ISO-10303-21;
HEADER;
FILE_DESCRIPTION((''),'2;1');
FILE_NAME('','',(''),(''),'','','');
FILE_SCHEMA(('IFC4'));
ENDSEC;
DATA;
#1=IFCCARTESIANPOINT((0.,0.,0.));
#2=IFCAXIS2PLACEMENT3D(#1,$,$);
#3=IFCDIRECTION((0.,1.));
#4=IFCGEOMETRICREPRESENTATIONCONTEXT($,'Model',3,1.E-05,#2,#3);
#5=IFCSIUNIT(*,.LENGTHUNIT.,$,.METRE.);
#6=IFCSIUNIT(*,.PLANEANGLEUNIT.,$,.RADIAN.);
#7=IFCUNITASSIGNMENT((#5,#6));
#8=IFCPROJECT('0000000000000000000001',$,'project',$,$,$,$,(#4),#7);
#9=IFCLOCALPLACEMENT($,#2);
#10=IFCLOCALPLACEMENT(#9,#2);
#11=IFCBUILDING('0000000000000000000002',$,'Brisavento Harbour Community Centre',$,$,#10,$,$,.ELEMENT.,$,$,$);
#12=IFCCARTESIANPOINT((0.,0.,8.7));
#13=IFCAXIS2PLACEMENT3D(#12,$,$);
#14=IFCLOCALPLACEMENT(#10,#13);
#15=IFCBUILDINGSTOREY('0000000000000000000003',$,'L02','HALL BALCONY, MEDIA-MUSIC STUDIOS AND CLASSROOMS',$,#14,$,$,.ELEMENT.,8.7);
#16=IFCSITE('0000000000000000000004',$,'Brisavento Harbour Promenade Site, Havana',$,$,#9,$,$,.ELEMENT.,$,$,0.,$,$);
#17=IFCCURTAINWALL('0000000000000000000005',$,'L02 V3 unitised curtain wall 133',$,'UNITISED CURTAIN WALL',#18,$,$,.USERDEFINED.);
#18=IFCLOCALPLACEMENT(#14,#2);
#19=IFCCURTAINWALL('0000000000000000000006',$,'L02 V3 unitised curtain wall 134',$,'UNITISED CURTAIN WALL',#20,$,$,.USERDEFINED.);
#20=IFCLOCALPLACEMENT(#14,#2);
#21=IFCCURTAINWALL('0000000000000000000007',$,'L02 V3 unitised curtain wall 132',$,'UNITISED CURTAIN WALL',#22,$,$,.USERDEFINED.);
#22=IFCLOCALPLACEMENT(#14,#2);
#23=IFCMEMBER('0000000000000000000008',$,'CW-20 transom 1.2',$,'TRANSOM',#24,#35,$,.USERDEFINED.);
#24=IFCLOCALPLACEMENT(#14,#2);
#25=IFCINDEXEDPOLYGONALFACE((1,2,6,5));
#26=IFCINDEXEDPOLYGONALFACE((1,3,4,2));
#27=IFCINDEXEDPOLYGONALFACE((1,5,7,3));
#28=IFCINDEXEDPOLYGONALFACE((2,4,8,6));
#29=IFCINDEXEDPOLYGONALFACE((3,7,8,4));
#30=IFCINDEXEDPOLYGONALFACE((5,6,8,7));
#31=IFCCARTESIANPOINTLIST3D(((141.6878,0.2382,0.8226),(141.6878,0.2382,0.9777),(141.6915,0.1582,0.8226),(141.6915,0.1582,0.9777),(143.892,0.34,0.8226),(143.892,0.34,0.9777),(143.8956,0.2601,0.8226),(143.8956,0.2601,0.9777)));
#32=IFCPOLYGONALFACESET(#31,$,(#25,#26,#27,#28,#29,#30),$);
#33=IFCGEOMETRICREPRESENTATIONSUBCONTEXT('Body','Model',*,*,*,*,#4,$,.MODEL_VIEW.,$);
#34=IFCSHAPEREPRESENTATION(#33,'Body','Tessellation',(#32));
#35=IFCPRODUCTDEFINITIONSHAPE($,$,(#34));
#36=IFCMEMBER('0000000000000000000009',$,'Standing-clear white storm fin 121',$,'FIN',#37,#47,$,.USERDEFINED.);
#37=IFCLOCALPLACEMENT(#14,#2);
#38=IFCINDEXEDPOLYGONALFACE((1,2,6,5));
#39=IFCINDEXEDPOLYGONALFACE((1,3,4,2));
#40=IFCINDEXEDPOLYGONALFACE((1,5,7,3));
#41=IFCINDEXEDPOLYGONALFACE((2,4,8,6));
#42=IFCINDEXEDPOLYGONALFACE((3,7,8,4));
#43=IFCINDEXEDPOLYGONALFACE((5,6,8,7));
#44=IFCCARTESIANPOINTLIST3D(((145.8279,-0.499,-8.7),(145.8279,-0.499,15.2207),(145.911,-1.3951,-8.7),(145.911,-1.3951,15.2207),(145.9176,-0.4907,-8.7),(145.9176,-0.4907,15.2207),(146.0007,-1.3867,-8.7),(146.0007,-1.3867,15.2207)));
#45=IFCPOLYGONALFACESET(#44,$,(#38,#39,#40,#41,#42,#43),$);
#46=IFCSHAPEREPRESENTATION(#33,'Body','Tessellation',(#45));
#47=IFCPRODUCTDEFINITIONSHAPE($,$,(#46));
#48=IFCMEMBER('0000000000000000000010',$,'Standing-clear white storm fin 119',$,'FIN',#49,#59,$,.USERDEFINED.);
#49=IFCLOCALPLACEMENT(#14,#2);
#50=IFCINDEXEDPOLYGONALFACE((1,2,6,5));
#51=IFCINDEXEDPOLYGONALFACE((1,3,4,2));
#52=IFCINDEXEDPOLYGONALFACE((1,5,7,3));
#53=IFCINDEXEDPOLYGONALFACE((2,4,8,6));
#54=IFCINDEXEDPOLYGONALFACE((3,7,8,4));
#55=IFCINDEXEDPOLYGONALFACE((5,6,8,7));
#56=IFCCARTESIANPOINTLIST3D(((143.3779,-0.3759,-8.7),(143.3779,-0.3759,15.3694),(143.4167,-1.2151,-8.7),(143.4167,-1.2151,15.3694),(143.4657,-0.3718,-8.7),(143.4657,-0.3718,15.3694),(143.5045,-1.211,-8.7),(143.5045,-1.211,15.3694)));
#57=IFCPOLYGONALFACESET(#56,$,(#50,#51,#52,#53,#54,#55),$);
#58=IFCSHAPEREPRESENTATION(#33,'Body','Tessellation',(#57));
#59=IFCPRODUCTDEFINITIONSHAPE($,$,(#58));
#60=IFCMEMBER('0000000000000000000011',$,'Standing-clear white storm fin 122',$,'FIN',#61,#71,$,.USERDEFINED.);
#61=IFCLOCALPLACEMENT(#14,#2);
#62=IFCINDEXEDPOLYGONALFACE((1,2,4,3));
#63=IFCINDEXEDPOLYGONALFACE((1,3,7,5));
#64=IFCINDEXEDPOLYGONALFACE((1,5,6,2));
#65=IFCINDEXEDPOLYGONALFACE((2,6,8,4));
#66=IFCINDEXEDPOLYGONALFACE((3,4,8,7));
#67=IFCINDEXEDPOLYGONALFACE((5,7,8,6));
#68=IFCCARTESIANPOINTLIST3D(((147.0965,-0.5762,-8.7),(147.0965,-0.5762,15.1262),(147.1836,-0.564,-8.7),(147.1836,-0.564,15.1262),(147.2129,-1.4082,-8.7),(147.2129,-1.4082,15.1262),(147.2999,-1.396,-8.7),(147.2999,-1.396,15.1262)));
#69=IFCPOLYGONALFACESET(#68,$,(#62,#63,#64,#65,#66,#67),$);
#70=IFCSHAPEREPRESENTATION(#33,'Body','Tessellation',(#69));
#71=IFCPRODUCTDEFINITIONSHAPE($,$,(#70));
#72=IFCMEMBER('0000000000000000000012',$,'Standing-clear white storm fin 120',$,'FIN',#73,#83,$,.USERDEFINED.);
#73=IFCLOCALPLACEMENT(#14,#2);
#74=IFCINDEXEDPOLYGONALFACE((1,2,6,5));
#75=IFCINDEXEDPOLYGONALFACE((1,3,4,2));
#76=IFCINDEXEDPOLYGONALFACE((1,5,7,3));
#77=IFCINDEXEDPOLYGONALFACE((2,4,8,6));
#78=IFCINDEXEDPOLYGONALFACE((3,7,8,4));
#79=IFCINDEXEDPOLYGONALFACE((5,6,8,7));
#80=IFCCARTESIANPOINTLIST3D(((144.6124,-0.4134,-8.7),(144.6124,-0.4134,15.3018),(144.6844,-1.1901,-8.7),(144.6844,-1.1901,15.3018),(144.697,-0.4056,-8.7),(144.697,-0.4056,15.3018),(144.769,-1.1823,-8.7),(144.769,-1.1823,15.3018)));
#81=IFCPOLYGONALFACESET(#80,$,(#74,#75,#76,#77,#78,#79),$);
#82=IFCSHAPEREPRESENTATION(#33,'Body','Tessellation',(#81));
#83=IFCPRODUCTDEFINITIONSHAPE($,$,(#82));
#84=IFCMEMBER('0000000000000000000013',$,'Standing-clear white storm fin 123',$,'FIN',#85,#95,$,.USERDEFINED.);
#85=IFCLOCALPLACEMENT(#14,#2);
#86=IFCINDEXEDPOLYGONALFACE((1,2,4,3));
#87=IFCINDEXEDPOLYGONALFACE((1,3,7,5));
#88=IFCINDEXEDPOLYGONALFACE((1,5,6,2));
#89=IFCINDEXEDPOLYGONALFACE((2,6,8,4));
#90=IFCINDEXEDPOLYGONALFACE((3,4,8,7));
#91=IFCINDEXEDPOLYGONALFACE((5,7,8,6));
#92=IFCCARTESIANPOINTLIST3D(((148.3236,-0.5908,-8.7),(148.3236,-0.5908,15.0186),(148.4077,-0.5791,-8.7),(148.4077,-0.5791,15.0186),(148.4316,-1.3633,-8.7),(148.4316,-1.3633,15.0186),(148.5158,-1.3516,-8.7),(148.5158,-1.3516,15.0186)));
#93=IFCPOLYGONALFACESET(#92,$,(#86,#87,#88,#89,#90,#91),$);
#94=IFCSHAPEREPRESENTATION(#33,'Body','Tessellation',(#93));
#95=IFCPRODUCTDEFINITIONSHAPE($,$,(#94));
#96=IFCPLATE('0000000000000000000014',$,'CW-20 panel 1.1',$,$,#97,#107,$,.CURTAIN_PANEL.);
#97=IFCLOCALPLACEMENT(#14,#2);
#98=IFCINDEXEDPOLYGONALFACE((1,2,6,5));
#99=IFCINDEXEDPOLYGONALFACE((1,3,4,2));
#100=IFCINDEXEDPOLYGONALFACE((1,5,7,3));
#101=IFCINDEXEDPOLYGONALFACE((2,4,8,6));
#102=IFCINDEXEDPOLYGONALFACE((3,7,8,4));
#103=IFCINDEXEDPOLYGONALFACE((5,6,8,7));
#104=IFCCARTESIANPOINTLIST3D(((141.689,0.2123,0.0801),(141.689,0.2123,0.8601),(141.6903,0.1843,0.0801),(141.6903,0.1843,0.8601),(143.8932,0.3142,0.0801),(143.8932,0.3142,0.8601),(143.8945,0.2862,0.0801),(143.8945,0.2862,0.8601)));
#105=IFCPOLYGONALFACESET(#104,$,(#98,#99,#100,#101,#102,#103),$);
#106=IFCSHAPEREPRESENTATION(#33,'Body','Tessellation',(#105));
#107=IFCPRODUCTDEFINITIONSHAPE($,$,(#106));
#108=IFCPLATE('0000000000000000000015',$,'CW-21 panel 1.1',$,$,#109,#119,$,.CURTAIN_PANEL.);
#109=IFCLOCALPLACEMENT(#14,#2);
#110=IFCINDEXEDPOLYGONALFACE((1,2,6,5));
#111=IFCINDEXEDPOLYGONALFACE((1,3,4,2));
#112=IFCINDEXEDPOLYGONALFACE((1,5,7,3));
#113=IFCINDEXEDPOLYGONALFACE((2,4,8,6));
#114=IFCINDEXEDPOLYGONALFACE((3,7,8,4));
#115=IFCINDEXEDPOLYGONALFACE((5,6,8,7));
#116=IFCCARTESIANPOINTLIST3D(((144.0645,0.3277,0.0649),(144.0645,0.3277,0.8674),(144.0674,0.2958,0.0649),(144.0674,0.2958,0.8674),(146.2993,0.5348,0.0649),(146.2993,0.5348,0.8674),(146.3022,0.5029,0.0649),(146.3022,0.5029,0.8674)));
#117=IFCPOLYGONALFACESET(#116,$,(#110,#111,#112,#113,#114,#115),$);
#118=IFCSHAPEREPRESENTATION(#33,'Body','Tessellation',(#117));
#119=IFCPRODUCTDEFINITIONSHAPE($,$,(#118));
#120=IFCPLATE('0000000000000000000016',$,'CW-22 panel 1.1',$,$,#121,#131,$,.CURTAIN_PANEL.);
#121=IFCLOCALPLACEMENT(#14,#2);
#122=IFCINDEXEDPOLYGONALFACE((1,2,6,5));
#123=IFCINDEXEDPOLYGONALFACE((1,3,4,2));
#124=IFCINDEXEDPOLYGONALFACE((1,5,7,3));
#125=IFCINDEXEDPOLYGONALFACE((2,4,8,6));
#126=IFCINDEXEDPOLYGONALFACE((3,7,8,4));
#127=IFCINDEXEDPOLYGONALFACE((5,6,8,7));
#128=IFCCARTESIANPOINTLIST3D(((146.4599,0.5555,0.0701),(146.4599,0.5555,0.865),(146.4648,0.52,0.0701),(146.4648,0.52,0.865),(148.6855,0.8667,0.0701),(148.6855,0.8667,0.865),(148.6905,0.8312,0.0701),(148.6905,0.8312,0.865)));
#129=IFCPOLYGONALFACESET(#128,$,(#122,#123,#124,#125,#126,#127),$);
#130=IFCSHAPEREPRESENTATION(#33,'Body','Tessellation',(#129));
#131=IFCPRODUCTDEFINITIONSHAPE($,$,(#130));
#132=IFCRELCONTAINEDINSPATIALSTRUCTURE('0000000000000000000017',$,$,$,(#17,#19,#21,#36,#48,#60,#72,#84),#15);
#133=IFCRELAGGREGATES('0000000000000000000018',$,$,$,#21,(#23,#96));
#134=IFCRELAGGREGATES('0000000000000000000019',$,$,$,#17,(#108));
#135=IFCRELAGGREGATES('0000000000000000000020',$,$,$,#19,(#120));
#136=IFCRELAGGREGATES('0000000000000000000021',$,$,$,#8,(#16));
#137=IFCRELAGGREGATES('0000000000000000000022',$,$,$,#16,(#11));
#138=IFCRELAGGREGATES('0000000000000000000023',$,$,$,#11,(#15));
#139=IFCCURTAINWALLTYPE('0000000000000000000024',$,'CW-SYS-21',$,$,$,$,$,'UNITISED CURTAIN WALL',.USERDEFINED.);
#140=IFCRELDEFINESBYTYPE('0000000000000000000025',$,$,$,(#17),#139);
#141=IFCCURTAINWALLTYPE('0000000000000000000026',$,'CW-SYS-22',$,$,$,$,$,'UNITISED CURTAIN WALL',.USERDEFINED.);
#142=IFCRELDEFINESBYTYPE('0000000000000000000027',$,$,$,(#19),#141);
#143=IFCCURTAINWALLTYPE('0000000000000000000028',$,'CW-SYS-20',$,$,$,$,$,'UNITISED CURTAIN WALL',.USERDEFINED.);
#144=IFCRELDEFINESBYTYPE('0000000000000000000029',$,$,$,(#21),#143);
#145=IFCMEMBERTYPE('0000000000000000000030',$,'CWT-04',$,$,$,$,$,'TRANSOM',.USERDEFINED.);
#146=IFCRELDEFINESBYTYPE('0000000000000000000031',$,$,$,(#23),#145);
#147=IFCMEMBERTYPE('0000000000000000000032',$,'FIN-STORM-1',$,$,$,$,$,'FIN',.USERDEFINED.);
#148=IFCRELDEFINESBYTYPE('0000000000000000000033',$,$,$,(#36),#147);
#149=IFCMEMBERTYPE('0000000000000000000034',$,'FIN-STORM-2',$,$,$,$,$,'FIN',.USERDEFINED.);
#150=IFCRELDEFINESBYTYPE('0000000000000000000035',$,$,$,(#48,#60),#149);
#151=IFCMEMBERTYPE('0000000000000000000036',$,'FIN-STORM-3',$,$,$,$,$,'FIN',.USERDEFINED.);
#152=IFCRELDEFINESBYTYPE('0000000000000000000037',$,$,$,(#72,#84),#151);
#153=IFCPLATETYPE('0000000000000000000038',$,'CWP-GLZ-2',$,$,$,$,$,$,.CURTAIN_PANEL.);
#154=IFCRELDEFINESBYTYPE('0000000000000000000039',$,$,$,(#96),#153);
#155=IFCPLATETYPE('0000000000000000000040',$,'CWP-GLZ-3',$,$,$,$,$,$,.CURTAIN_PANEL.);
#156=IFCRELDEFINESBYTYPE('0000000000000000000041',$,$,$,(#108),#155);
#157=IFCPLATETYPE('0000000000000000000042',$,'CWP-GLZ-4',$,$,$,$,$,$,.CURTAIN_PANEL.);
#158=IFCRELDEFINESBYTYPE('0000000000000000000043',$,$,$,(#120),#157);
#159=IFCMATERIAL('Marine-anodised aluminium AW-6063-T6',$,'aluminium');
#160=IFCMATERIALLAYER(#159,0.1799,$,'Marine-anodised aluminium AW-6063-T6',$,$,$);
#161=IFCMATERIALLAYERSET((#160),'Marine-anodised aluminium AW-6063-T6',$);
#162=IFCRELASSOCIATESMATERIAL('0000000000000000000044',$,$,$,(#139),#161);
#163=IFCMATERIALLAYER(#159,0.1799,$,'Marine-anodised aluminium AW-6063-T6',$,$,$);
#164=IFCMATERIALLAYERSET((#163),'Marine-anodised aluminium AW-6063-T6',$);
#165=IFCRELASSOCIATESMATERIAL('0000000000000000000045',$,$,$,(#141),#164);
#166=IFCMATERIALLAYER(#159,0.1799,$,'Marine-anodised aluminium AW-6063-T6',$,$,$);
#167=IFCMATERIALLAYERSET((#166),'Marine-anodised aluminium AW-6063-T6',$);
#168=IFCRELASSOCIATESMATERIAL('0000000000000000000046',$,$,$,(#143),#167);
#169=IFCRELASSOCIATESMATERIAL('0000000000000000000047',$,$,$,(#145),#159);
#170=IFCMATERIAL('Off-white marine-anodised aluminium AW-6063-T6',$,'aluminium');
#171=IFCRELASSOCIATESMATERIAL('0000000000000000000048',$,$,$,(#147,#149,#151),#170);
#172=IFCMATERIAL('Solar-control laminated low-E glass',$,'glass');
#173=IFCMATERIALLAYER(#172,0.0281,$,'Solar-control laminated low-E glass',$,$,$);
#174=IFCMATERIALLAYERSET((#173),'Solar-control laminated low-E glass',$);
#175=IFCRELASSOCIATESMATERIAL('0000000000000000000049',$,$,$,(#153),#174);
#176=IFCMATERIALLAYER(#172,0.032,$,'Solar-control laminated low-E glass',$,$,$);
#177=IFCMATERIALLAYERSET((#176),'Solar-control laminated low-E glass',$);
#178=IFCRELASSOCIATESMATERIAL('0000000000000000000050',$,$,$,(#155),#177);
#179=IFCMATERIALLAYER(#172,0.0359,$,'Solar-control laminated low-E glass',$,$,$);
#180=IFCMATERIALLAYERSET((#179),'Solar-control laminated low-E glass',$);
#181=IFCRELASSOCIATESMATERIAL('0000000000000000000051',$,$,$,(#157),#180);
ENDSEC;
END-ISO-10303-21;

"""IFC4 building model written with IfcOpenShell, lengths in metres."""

from ifc_helpers import new_model, si_unit, direction, frame, origin, origin_2d, place, context, subcontext, project, spatial, rectangle, extrude, material, layer, layer_set, material_profile, profile_set, type_object, element, aggregate, save


model = new_model("IFC4")

# Units and contexts
model_context = context("Model", 3, precision=1e-05, world=origin(), true_north=direction((0.0, 1.0)))
body_context = subcontext(model_context, "Body", "Model", "MODEL_VIEW")
ifc_project = project(units=[si_unit("LENGTHUNIT", "METRE"), si_unit("PLANEANGLEUNIT", "RADIAN")], contexts=[model_context])

# Site, building, storey
site_placement = place(None, origin())
site = spatial("IfcSite", under=ifc_project, at=site_placement, Name="Brisavento Harbour Promenade Site, Havana", CompositionType="ELEMENT", RefElevation=0.0)
building_placement = place(site_placement, origin())
building = spatial("IfcBuilding", under=site, at=building_placement, Name="Brisavento Harbour Community Centre", CompositionType="ELEMENT")
storey_placement = place(building_placement, frame((0.0, 0.0, 8.7)))
storey = spatial("IfcBuildingStorey", under=building, at=storey_placement, Name="L02", Description="HALL BALCONY, MEDIA-MUSIC STUDIOS AND CLASSROOMS", CompositionType="ELEMENT", Elevation=8.7)

# Curtain wall
ifc_material_1 = material(Name="Marine-anodised aluminium AW-6063-T6", Category="aluminium")
ifc_layer_1 = layer(ifc_material_1, 0.1799, Name="Marine-anodised aluminium AW-6063-T6")
ifc_layer_set_1 = layer_set([ifc_layer_1], Name="Marine-anodised aluminium AW-6063-T6")
curtain_wall_type_1 = type_object("IfcCurtainWallType", Name="CW-SYS-21", ElementType="UNITISED CURTAIN WALL", PredefinedType="USERDEFINED", material=ifc_layer_set_1)
curtain_wall_1_placement = place(storey_placement, origin())
curtain_wall_1 = element("IfcCurtainWall", 1, at=curtain_wall_1_placement, inside=storey, type_object=curtain_wall_type_1, Name="L02 V3 unitised curtain wall 133", ObjectType="UNITISED CURTAIN WALL", PredefinedType="USERDEFINED")

# Curtain wall
ifc_layer_2 = layer(ifc_material_1, 0.1799, Name="Marine-anodised aluminium AW-6063-T6")
ifc_layer_set_2 = layer_set([ifc_layer_2], Name="Marine-anodised aluminium AW-6063-T6")
curtain_wall_type_2 = type_object("IfcCurtainWallType", Name="CW-SYS-22", ElementType="UNITISED CURTAIN WALL", PredefinedType="USERDEFINED", material=ifc_layer_set_2)
curtain_wall_2_placement = place(storey_placement, origin())
curtain_wall_2 = element("IfcCurtainWall", 2, at=curtain_wall_2_placement, inside=storey, type_object=curtain_wall_type_2, Name="L02 V3 unitised curtain wall 134", ObjectType="UNITISED CURTAIN WALL", PredefinedType="USERDEFINED")

# Curtain wall
ifc_layer_3 = layer(ifc_material_1, 0.1799, Name="Marine-anodised aluminium AW-6063-T6")
ifc_layer_set_3 = layer_set([ifc_layer_3], Name="Marine-anodised aluminium AW-6063-T6")
curtain_wall_type_3 = type_object("IfcCurtainWallType", Name="CW-SYS-20", ElementType="UNITISED CURTAIN WALL", PredefinedType="USERDEFINED", material=ifc_layer_set_3)
curtain_wall_3_placement = place(storey_placement, origin())
curtain_wall_3 = element("IfcCurtainWall", 3, at=curtain_wall_3_placement, inside=storey, type_object=curtain_wall_type_3, Name="L02 V3 unitised curtain wall 132", ObjectType="UNITISED CURTAIN WALL", PredefinedType="USERDEFINED")

# Member
ifc_material_profile_1 = material_profile(ifc_material_1, rectangle(XDim=0.0801, YDim=0.155, at=origin_2d()), Name="Marine-anodised aluminium AW-6063-T6")
ifc_profile_set_1 = profile_set([ifc_material_profile_1], Name="Marine-anodised aluminium AW-6063-T6")
member_type_1 = type_object("IfcMemberType", Name="CWT-04", ElementType="TRANSOM", PredefinedType="USERDEFINED", material=ifc_profile_set_1)
member_1_placement = place(storey_placement, frame((143.8938, 0.3, 0.9001), z_axis=(-0.998935, -0.04614, 0.0), x_axis=(0.04614, -0.998935, 0.0)))
member_1 = element("IfcMember", 4, at=member_1_placement, type_object=member_type_1, Name="CW-20 transom 1.2", ObjectType="TRANSOM", PredefinedType="USERDEFINED", context=body_context, shape_type="SweptSolid", body=[
    extrude(rectangle(XDim=0.0801, YDim=0.155, at=origin_2d()), origin(), (0.0, 0.0, 1.0), 2.2065),
])

# Members
ifc_material_2 = material(Name="Off-white marine-anodised aluminium AW-6063-T6", Category="aluminium")
ifc_material_profile_2 = material_profile(ifc_material_2, rectangle(XDim=0.0901, YDim=0.8999, at=origin_2d()), Name="Off-white marine-anodised aluminium AW-6063-T6")
ifc_profile_set_2 = profile_set([ifc_material_profile_2], Name="Off-white marine-anodised aluminium AW-6063-T6")
member_type_2 = type_object("IfcMemberType", Name="FIN-STORM-1", ElementType="FIN", PredefinedType="USERDEFINED", material=ifc_profile_set_2)
member_2_placement = place(storey_placement, frame((145.9143, -0.9429, -8.7), z_axis=(0.0, 0.0, 1.0), x_axis=(-0.995728, -0.092336, 0.0)))
element("IfcMember", 5, at=member_2_placement, inside=storey, type_object=member_type_2, Name="Standing-clear white storm fin 121", ObjectType="FIN", PredefinedType="USERDEFINED", context=body_context, shape_type="SweptSolid", body=[
    extrude(rectangle(XDim=0.0901, YDim=0.8999, at=origin_2d()), origin(), (0.0, 0.0, 1.0), 23.9207),
])
ifc_material_profile_3 = material_profile(ifc_material_2, rectangle(XDim=0.0879, YDim=0.8401, at=origin_2d()), Name="Off-white marine-anodised aluminium AW-6063-T6")
ifc_profile_set_3 = profile_set([ifc_material_profile_3], Name="Off-white marine-anodised aluminium AW-6063-T6")
member_type_3 = type_object("IfcMemberType", Name="FIN-STORM-2", ElementType="FIN", PredefinedType="USERDEFINED", material=ifc_profile_set_3)
member_3_placement = place(storey_placement, frame((143.4412, -0.7935, -8.7), z_axis=(0.0, 0.0, 1.0), x_axis=(-0.998934, -0.046165, 0.0)))
element("IfcMember", 6, at=member_3_placement, inside=storey, type_object=member_type_3, Name="Standing-clear white storm fin 119", ObjectType="FIN", PredefinedType="USERDEFINED", context=body_context, shape_type="SweptSolid", body=[
    extrude(rectangle(XDim=0.0879, YDim=0.8401, at=origin_2d()), origin(), (0.0, 0.0, 1.0), 24.0693),
])
member_4_placement = place(storey_placement, frame((147.1982, -0.9861, -8.7), z_axis=(0.0, 0.0, 1.0), x_axis=(-0.990363, -0.138499, 0.0)))
element("IfcMember", 7, at=member_4_placement, inside=storey, type_object=member_type_3, Name="Standing-clear white storm fin 122", ObjectType="FIN", PredefinedType="USERDEFINED", context=body_context, shape_type="SweptSolid", body=[
    extrude(rectangle(XDim=0.0879, YDim=0.8401, at=origin_2d()), origin(), (0.0, 0.0, 1.0), 23.8262),
])
ifc_material_profile_4 = material_profile(ifc_material_2, rectangle(XDim=0.085, YDim=0.78, at=origin_2d()), Name="Off-white marine-anodised aluminium AW-6063-T6")
ifc_profile_set_4 = profile_set([ifc_material_profile_4], Name="Off-white marine-anodised aluminium AW-6063-T6")
member_type_4 = type_object("IfcMemberType", Name="FIN-STORM-3", ElementType="FIN", PredefinedType="USERDEFINED", material=ifc_profile_set_4)
member_5_placement = place(storey_placement, frame((144.6907, -0.7979, -8.7), z_axis=(0.0, 0.0, 1.0), x_axis=(-0.995728, -0.092336, 0.0)))
element("IfcMember", 8, at=member_5_placement, inside=storey, type_object=member_type_4, Name="Standing-clear white storm fin 120", ObjectType="FIN", PredefinedType="USERDEFINED", context=body_context, shape_type="SweptSolid", body=[
    extrude(rectangle(XDim=0.085, YDim=0.78, at=origin_2d()), origin(), (0.0, 0.0, 1.0), 24.0017),
])
member_6_placement = place(storey_placement, frame((148.4197, -0.9712, -8.7), z_axis=(0.0, 0.0, 1.0), x_axis=(-0.990363, -0.138499, 0.0)))
element("IfcMember", 9, at=member_6_placement, inside=storey, type_object=member_type_4, Name="Standing-clear white storm fin 123", ObjectType="FIN", PredefinedType="USERDEFINED", context=body_context, shape_type="SweptSolid", body=[
    extrude(rectangle(XDim=0.085, YDim=0.78, at=origin_2d()), origin(), (0.0, 0.0, 1.0), 23.7185),
])

# Plates
ifc_material_3 = material(Name="Solar-control laminated low-E glass", Category="glass")
ifc_layer_4 = layer(ifc_material_3, 0.0281, Name="Solar-control laminated low-E glass")
ifc_layer_set_4 = layer_set([ifc_layer_4], Name="Solar-control laminated low-E glass")
plate_type_1 = type_object("IfcPlateType", Name="CWP-GLZ-2", PredefinedType="CURTAIN_PANEL", material=ifc_layer_set_4)
plate_1_placement = place(storey_placement, frame((142.7917, 0.2493, 0.0801), z_axis=(0.0, 0.0, 1.0), x_axis=(-0.998933, -0.046186, 0.0)))
plate_1 = element("IfcPlate", 10, at=plate_1_placement, type_object=plate_type_1, Name="CW-20 panel 1.1", PredefinedType="CURTAIN_PANEL", context=body_context, shape_type="SweptSolid", body=[
    extrude(rectangle(XDim=2.2065, YDim=0.0281, at=origin_2d()), origin(), (0.0, 0.0, 1.0), 0.78),
])
aggregate(curtain_wall_3, [member_1, plate_1])
ifc_layer_5 = layer(ifc_material_3, 0.032, Name="Solar-control laminated low-E glass")
ifc_layer_set_5 = layer_set([ifc_layer_5], Name="Solar-control laminated low-E glass")
plate_type_2 = type_object("IfcPlateType", Name="CWP-GLZ-3", PredefinedType="CURTAIN_PANEL", material=ifc_layer_set_5)
plate_2_placement = place(storey_placement, frame((145.1833, 0.4153, 0.0649), z_axis=(0.0, 0.0, 1.0), x_axis=(-0.995733, -0.092279, 0.0)))
plate_2 = element("IfcPlate", 11, at=plate_2_placement, type_object=plate_type_2, Name="CW-21 panel 1.1", PredefinedType="CURTAIN_PANEL", context=body_context, shape_type="SweptSolid", body=[
    extrude(rectangle(XDim=2.2444, YDim=0.032, at=origin_2d()), origin(), (0.0, 0.0, 1.0), 0.8025),
])
aggregate(curtain_wall_1, [plate_2])
ifc_layer_6 = layer(ifc_material_3, 0.0359, Name="Solar-control laminated low-E glass")
ifc_layer_set_6 = layer_set([ifc_layer_6], Name="Solar-control laminated low-E glass")
plate_type_3 = type_object("IfcPlateType", Name="CWP-GLZ-4", PredefinedType="CURTAIN_PANEL", material=ifc_layer_set_6)
plate_3_placement = place(storey_placement, frame((147.5752, 0.6934, 0.0701), z_axis=(0.0, 0.0, 1.0), x_axis=(-0.990366, -0.138477, 0.0)))
plate_3 = element("IfcPlate", 12, at=plate_3_placement, type_object=plate_type_3, Name="CW-22 panel 1.1", PredefinedType="CURTAIN_PANEL", context=body_context, shape_type="SweptSolid", body=[
    extrude(rectangle(XDim=2.2473, YDim=0.0359, at=origin_2d()), origin(), (0.0, 0.0, 1.0), 0.7949),
])
aggregate(curtain_wall_2, [plate_3])

save(model, "model.ifc")
